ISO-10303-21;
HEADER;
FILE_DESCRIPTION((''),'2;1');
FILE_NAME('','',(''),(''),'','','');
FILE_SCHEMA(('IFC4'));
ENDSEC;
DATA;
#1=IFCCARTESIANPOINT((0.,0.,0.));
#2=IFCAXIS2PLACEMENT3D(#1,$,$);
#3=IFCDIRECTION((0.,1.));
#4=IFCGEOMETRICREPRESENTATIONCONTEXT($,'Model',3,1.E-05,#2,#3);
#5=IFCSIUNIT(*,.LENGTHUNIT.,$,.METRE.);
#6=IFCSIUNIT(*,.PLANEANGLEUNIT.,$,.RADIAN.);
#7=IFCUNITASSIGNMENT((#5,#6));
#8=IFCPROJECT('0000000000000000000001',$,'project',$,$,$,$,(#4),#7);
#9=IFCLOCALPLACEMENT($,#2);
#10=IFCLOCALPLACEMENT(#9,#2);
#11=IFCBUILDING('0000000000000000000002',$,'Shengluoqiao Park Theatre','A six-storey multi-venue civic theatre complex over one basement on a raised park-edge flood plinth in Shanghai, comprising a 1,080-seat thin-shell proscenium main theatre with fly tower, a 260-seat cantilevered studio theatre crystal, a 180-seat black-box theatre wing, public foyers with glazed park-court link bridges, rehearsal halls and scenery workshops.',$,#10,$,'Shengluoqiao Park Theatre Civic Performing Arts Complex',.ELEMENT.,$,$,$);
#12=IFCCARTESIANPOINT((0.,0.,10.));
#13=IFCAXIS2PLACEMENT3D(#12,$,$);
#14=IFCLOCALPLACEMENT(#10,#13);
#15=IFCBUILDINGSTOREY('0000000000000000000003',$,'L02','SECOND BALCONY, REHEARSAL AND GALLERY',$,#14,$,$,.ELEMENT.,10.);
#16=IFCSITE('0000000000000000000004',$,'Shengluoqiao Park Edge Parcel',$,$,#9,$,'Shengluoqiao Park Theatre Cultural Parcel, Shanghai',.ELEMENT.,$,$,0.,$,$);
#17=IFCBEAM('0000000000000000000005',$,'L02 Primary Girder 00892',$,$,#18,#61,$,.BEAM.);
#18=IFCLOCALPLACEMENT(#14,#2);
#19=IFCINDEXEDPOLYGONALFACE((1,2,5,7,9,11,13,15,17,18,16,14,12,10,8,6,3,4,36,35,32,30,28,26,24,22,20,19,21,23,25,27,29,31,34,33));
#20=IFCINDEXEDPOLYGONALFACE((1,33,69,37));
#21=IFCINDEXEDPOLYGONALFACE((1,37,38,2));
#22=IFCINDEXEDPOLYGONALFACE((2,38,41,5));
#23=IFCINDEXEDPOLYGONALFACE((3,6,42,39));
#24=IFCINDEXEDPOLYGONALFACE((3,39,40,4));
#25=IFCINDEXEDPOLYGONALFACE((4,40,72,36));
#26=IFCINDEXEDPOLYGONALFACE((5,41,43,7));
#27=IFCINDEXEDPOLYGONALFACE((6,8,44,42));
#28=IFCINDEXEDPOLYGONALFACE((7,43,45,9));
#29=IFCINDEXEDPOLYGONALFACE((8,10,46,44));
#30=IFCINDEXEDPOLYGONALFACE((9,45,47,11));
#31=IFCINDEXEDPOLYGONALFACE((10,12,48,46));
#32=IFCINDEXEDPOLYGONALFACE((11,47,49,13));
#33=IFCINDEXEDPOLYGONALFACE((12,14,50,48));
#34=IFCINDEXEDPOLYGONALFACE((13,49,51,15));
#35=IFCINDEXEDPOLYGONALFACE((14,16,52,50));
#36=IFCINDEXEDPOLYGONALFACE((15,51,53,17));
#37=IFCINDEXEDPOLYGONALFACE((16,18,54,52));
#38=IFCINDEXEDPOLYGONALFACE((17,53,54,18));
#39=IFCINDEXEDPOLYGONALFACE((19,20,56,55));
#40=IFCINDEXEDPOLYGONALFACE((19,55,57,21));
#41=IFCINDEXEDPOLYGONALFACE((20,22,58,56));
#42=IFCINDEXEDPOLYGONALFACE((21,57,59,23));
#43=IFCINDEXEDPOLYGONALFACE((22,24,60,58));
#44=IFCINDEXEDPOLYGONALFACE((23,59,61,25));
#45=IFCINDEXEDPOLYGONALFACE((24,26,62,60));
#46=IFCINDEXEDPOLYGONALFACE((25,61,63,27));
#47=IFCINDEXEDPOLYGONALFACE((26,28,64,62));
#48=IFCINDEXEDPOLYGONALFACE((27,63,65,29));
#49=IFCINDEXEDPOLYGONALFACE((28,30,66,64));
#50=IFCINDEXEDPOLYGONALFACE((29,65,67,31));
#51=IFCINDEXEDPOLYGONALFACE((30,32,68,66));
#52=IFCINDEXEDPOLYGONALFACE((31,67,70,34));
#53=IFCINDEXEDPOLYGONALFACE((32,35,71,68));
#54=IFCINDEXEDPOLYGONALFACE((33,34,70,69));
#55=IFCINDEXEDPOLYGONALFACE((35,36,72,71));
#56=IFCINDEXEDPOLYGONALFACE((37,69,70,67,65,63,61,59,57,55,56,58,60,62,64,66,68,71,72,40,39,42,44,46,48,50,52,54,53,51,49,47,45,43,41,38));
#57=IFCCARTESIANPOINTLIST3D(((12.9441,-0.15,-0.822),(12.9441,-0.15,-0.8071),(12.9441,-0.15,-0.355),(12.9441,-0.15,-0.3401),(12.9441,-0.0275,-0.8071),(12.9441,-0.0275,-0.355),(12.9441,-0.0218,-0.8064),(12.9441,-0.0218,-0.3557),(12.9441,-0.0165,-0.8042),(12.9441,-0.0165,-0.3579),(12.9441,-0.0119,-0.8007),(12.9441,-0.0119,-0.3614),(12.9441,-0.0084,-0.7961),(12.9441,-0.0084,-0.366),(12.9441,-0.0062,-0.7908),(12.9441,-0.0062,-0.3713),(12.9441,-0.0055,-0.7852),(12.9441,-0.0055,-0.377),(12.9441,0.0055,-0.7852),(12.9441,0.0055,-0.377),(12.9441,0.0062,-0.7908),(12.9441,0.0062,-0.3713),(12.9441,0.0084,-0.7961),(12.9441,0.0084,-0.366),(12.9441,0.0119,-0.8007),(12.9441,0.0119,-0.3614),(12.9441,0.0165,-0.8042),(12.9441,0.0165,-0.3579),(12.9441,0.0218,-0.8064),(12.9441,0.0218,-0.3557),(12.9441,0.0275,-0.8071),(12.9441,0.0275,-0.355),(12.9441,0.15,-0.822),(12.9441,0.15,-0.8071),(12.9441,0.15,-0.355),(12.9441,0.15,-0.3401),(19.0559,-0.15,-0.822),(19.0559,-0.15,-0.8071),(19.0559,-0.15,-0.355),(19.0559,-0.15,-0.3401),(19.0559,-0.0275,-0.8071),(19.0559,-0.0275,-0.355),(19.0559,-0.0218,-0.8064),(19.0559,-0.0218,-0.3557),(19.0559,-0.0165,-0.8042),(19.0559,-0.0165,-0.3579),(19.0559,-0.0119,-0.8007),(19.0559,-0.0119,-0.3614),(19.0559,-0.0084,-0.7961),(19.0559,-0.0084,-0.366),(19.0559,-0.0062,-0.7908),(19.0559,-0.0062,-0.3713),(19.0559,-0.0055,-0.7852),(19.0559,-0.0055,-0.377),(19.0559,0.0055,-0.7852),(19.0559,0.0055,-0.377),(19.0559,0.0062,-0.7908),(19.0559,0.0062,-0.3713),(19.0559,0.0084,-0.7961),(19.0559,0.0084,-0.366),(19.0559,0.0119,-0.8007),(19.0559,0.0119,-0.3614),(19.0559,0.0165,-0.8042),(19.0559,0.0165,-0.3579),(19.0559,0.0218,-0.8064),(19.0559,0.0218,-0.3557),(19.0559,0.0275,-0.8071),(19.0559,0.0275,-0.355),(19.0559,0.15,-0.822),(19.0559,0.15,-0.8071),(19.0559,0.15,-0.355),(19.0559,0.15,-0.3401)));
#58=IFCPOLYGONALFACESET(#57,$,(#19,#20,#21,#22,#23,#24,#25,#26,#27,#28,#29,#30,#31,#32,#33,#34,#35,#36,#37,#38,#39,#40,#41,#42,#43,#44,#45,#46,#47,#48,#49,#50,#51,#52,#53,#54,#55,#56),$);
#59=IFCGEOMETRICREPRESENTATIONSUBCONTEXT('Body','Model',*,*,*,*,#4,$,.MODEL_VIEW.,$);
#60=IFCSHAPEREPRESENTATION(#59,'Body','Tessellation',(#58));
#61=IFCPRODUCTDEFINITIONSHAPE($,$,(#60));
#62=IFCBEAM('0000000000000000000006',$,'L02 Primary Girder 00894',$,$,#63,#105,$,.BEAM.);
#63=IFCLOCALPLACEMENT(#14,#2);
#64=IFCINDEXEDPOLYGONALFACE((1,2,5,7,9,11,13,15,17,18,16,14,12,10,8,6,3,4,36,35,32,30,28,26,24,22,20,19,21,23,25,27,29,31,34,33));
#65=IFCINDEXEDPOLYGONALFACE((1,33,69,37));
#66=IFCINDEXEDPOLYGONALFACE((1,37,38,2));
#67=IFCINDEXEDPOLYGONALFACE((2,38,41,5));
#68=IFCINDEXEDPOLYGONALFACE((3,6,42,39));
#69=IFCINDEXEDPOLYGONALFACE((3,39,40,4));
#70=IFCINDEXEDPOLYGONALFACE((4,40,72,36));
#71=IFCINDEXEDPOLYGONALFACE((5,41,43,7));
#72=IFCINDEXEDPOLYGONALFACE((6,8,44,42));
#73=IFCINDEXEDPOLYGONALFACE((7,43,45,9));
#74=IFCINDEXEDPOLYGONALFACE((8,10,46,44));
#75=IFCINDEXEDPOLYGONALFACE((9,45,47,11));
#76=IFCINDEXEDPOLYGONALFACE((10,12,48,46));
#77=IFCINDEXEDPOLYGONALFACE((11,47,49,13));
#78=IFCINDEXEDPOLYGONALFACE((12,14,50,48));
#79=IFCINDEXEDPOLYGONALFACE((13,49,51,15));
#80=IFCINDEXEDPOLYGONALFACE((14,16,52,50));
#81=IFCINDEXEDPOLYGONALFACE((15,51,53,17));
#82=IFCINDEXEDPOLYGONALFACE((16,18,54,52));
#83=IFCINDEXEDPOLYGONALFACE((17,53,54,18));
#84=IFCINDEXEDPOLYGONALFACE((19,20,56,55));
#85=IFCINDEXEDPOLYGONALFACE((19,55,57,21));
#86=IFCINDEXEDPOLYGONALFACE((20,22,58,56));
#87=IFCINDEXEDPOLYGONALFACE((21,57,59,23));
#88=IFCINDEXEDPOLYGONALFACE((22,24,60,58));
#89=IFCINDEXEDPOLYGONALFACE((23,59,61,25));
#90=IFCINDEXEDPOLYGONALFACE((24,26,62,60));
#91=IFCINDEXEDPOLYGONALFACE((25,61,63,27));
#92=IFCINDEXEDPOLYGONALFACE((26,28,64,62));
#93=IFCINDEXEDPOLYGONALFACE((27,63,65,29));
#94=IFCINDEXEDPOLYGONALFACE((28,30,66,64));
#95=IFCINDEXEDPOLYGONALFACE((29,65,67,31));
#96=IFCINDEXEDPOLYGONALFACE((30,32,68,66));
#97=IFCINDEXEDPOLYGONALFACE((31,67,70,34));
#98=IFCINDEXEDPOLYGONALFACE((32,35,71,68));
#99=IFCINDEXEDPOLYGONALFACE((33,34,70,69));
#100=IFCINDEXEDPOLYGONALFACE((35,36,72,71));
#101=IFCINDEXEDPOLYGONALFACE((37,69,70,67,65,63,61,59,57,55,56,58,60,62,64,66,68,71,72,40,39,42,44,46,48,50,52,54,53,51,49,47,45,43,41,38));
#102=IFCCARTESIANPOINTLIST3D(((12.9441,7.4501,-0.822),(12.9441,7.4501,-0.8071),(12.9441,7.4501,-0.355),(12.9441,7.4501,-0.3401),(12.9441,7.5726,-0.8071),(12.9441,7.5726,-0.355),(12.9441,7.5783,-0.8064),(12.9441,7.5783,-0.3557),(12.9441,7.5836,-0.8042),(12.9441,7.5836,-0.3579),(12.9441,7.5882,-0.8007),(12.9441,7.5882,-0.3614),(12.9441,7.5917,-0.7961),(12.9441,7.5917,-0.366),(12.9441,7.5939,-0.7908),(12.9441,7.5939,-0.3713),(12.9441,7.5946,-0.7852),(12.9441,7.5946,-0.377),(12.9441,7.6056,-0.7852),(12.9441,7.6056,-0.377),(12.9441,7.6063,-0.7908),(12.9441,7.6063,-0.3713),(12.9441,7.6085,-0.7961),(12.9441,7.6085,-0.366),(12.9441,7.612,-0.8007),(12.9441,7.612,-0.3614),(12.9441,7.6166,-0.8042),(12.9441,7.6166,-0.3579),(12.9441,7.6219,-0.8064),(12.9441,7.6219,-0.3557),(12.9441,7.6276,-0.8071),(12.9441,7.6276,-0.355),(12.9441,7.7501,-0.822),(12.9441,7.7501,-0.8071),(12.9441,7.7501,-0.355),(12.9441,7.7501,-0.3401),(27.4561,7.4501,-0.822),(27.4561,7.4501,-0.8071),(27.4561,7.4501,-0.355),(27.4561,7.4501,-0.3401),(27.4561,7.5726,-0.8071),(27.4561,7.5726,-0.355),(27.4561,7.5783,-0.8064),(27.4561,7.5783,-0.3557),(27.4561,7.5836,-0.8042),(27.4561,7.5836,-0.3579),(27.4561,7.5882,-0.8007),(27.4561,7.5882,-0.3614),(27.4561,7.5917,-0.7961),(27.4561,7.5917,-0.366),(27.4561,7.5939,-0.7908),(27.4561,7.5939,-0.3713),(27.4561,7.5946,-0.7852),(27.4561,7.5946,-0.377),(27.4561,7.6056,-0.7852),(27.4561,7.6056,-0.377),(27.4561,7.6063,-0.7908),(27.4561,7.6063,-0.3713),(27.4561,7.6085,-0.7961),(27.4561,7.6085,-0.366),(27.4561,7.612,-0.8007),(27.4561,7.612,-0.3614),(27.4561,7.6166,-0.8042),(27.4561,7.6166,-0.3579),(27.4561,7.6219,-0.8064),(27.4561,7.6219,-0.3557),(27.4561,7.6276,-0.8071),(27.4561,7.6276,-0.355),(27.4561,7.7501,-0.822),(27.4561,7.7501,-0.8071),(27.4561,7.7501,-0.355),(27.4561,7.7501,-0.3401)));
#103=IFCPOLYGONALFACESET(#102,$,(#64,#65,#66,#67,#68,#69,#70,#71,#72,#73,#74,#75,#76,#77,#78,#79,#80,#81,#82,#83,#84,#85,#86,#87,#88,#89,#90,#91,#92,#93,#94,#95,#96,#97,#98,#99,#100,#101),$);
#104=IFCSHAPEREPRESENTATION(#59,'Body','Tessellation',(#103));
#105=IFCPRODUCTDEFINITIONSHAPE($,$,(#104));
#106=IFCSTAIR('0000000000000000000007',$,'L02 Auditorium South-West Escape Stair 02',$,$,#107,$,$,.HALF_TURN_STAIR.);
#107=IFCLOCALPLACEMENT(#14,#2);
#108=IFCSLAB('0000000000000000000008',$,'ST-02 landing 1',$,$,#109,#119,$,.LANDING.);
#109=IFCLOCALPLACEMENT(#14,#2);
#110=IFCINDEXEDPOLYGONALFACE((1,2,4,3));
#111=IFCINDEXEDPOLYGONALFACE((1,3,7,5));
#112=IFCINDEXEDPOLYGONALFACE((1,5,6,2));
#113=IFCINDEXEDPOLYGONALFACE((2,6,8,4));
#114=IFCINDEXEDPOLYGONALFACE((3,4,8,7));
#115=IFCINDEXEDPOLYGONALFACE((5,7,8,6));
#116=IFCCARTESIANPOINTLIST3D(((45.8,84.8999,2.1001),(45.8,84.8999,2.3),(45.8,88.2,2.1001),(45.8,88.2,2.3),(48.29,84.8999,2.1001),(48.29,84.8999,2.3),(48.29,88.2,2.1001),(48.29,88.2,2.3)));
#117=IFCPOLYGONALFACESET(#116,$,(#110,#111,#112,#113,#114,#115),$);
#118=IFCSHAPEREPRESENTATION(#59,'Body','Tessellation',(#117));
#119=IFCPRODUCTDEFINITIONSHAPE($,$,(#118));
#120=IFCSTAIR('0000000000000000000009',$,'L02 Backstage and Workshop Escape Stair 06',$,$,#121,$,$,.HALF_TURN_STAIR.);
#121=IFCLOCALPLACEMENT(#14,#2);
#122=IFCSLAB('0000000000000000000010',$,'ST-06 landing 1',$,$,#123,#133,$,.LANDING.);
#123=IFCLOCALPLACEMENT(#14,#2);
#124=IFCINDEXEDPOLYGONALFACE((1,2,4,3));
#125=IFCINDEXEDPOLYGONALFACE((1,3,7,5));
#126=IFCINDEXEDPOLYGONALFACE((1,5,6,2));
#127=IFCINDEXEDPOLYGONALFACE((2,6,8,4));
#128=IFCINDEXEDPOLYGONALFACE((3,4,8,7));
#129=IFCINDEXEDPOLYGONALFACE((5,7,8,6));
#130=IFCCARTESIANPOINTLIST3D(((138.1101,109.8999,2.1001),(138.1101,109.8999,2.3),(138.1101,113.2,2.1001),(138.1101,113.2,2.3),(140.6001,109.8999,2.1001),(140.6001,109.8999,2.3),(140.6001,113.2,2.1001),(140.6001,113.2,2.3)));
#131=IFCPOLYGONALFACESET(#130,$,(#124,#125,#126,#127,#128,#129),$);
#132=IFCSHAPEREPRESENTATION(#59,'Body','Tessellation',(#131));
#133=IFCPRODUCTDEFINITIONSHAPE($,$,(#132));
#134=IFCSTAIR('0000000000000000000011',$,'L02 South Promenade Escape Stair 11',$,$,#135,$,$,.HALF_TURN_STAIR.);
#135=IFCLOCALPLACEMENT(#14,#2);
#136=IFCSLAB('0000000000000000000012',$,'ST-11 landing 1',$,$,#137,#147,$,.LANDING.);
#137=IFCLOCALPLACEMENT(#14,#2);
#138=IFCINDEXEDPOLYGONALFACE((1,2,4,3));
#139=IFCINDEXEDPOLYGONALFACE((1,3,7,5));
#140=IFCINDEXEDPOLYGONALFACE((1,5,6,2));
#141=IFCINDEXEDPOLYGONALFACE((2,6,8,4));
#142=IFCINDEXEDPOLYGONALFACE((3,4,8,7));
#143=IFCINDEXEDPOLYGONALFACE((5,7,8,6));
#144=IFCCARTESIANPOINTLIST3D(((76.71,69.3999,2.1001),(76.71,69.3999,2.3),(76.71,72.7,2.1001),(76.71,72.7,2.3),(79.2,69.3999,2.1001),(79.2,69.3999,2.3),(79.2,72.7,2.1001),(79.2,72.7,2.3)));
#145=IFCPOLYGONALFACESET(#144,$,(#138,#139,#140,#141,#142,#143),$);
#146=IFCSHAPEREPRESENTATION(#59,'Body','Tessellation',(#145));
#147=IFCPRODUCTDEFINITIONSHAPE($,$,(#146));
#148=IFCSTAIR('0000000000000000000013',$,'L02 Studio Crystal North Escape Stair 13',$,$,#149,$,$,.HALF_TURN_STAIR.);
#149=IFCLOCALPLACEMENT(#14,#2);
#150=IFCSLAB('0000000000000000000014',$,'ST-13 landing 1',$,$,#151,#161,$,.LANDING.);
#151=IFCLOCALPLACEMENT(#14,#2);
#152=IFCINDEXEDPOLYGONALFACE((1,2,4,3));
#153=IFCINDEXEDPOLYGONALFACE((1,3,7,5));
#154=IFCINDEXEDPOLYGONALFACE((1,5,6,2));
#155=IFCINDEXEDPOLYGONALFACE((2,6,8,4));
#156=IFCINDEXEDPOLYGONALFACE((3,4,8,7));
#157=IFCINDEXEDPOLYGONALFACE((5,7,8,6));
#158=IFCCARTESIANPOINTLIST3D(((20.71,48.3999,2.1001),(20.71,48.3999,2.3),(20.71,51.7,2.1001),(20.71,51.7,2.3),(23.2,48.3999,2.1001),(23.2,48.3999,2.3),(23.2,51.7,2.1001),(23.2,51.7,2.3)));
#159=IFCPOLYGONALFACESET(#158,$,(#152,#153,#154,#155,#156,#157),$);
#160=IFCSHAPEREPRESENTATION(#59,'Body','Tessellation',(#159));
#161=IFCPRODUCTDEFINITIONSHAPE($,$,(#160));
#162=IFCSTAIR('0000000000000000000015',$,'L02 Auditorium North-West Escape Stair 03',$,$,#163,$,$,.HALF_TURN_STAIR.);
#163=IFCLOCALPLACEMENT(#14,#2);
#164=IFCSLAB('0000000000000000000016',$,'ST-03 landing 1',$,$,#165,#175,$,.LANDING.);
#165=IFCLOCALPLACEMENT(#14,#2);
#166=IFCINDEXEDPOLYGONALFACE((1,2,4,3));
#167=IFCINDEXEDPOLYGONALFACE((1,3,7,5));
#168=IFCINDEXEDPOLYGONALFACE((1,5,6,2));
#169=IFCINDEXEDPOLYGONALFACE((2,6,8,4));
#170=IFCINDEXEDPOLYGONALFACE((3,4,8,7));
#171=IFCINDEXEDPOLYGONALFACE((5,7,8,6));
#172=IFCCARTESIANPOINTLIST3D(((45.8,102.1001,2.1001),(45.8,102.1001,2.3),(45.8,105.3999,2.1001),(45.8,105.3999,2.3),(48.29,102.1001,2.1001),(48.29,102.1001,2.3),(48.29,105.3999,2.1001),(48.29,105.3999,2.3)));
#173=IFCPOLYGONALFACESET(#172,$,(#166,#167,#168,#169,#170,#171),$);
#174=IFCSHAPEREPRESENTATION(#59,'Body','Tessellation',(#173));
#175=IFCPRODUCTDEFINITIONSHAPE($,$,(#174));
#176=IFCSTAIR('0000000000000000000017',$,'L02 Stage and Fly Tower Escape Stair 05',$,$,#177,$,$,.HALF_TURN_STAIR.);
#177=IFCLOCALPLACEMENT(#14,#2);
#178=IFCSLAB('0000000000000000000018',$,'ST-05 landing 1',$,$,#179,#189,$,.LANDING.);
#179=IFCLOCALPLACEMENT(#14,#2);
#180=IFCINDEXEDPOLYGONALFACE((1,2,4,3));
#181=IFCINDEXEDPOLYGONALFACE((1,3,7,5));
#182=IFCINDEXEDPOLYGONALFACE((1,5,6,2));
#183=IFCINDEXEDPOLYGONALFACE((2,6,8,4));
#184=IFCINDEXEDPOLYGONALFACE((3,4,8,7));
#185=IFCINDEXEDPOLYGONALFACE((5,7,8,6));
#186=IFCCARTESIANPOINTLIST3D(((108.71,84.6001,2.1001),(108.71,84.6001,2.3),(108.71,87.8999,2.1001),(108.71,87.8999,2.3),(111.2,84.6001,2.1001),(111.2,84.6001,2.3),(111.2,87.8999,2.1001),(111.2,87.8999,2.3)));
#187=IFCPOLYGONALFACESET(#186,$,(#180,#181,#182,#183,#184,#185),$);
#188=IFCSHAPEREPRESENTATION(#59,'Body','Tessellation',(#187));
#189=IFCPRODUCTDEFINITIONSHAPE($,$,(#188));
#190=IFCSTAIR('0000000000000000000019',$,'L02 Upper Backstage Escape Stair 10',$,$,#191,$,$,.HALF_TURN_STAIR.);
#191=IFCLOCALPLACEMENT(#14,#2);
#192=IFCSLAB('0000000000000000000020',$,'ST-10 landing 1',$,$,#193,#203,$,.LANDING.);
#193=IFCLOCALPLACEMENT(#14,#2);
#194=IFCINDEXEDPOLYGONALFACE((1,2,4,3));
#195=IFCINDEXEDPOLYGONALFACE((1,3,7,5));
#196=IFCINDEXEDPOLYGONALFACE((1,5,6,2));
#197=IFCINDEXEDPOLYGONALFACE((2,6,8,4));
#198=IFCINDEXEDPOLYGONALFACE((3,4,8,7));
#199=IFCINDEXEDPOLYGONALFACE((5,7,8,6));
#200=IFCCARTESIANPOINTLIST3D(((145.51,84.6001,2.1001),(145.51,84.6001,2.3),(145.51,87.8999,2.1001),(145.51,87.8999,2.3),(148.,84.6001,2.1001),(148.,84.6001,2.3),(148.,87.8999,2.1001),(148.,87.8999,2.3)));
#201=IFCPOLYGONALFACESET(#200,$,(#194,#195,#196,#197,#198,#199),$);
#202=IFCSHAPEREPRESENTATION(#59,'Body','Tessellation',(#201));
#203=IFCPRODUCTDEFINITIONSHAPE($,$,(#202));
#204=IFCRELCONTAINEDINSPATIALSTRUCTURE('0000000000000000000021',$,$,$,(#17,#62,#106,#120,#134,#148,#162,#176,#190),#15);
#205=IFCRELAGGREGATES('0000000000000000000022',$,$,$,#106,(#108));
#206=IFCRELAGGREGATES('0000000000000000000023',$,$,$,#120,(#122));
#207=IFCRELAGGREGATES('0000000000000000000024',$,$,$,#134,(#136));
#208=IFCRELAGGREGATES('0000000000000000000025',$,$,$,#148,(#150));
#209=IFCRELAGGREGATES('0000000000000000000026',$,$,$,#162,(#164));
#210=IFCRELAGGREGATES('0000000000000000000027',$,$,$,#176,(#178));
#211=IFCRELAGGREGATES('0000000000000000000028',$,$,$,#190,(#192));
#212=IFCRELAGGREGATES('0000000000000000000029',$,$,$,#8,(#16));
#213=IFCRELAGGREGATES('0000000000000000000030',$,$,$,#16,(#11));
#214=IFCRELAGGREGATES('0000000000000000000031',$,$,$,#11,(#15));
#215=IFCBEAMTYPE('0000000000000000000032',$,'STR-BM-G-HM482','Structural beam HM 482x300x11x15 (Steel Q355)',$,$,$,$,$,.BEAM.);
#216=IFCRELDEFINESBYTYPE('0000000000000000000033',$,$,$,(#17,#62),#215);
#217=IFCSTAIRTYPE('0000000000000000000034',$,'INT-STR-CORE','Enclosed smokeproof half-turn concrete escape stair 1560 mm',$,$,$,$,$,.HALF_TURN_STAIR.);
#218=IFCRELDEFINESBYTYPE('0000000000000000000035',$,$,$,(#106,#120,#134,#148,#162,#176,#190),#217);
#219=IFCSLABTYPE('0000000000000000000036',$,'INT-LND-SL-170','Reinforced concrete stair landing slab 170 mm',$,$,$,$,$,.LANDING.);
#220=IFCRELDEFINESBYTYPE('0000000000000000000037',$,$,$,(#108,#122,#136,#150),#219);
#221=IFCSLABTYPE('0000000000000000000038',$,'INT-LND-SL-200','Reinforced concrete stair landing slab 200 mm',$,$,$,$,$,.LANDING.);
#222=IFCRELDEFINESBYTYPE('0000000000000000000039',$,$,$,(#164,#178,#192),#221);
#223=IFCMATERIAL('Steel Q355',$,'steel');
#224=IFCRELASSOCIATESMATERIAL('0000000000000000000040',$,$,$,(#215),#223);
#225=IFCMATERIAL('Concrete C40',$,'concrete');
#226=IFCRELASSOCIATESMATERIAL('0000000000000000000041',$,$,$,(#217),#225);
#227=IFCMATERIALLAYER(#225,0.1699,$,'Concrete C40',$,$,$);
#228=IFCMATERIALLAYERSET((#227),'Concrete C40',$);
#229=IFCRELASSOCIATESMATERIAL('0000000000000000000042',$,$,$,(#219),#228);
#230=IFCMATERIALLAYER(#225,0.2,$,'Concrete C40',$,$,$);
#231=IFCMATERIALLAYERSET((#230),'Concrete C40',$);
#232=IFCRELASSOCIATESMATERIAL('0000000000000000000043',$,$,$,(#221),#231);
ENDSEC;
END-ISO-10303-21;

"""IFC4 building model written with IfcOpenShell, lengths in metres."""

from ifc_helpers import new_model, si_unit, direction, frame, origin, origin_2d, place, context, subcontext, project, spatial, polyline, i_section, outline, extrude, material, layer, layer_set, material_profile, profile_set, type_object, element, aggregate, save


model = new_model("IFC4")

# Units and contexts
model_context = context("Model", 3, precision=1e-05, world=origin(), true_north=direction((0.0, 1.0)))
body_context = subcontext(model_context, "Body", "Model", "MODEL_VIEW")
ifc_project = project(units=[si_unit("LENGTHUNIT", "METRE"), si_unit("PLANEANGLEUNIT", "RADIAN")], contexts=[model_context])

# Site, building, storey
site_placement = place(None, origin())
site = spatial("IfcSite", under=ifc_project, at=site_placement, Name="Shengluoqiao Park Edge Parcel", LongName="Shengluoqiao Park Theatre Cultural Parcel, Shanghai", CompositionType="ELEMENT", RefElevation=0.0)
building_placement = place(site_placement, origin())
building = spatial("IfcBuilding", under=site, at=building_placement, Name="Shengluoqiao Park Theatre", Description="A six-storey multi-venue civic theatre complex over one basement on a raised park-edge flood plinth in Shanghai, comprising a 1,080-seat thin-shell proscenium main theatre with fly tower, a 260-seat cantilevered studio theatre crystal, a 180-seat black-box theatre wing, public foyers with glazed park-court link bridges, rehearsal halls and scenery workshops.", LongName="Shengluoqiao Park Theatre Civic Performing Arts Complex", CompositionType="ELEMENT")
storey_placement = place(building_placement, frame((0.0, 0.0, 10.0)))
storey = spatial("IfcBuildingStorey", under=building, at=storey_placement, Name="L02", Description="SECOND BALCONY, REHEARSAL AND GALLERY", CompositionType="ELEMENT", Elevation=10.0)

# Shared definitions
ifc_material_1 = material(Name="Steel Q355", Category="steel")

# Beams
ifc_material_profile_1 = material_profile(ifc_material_1, i_section(OverallWidth=0.3, OverallDepth=0.4819, WebThickness=0.011, FlangeThickness=0.0149, FilletRadius=0.022, at=origin_2d()), Name="HM 482x300x11x15")
ifc_profile_set_1 = profile_set([ifc_material_profile_1], Name="Steel Q355")
beam_type_1 = type_object("IfcBeamType", Name="STR-BM-G-HM482", Description="Structural beam HM 482x300x11x15 (Steel Q355)", PredefinedType="BEAM", material=ifc_profile_set_1)
beam_1_placement = place(storey_placement, frame((12.9441, 0.0, -0.5811), z_axis=(1.0, 0.0, 0.0), x_axis=(0.0, 1.0, 0.0)))
element("IfcBeam", 1, at=beam_1_placement, inside=storey, type_object=beam_type_1, Name="L02 Primary Girder 00892", PredefinedType="BEAM", context=body_context, shape_type="SweptSolid", body=[
    extrude(i_section(OverallWidth=0.3, OverallDepth=0.4819, WebThickness=0.011, FlangeThickness=0.0149, FilletRadius=0.022, at=origin_2d()), origin(), (0.0, 0.0, 1.0), 6.1118),
])
beam_2_placement = place(storey_placement, frame((12.9441, 7.6001, -0.5811), z_axis=(1.0, 0.0, 0.0), x_axis=(0.0, 1.0, 0.0)))
element("IfcBeam", 2, at=beam_2_placement, inside=storey, type_object=beam_type_1, Name="L02 Primary Girder 00894", PredefinedType="BEAM", context=body_context, shape_type="SweptSolid", body=[
    extrude(i_section(OverallWidth=0.3, OverallDepth=0.4819, WebThickness=0.011, FlangeThickness=0.0149, FilletRadius=0.022, at=origin_2d()), origin(), (0.0, 0.0, 1.0), 14.512),
])

# Stairs, slabs
ifc_material_2 = material(Name="Concrete C40", Category="concrete")
stair_type = type_object("IfcStairType", Name="INT-STR-CORE", Description="Enclosed smokeproof half-turn concrete escape stair 1560 mm", PredefinedType="HALF_TURN_STAIR", material=ifc_material_2)
stair_1_placement = place(storey_placement, origin())
stair_1 = element("IfcStair", 3, at=stair_1_placement, inside=storey, type_object=stair_type, Name="L02 Auditorium South-West Escape Stair 02", PredefinedType="HALF_TURN_STAIR")
ifc_layer_1 = layer(ifc_material_2, 0.1699, Name="Concrete C40")
ifc_layer_set_1 = layer_set([ifc_layer_1], Name="Concrete C40")
slab_type_1 = type_object("IfcSlabType", Name="INT-LND-SL-170", Description="Reinforced concrete stair landing slab 170 mm", PredefinedType="LANDING", material=ifc_layer_set_1)
slab_1_placement = place(storey_placement, frame((0.0, 0.0, 2.1001)))
slab_1 = element("IfcSlab", 4, at=slab_1_placement, type_object=slab_type_1, Name="ST-02 landing 1", PredefinedType="LANDING", context=body_context, shape_type="SweptSolid", body=[
    extrude(outline(polyline([(48.29, 88.2), (45.8, 88.2), (45.8, 84.8999), (48.29, 84.8999), (48.29, 88.2)])), origin(), (0.0, 0.0, 1.0), 0.2),
])
aggregate(stair_1, [slab_1])
stair_2_placement = place(storey_placement, origin())
stair_2 = element("IfcStair", 5, at=stair_2_placement, inside=storey, type_object=stair_type, Name="L02 Backstage and Workshop Escape Stair 06", PredefinedType="HALF_TURN_STAIR")
slab_2_placement = place(storey_placement, frame((0.0, 0.0, 2.1001)))
slab_2 = element("IfcSlab", 6, at=slab_2_placement, type_object=slab_type_1, Name="ST-06 landing 1", PredefinedType="LANDING", context=body_context, shape_type="SweptSolid", body=[
    extrude(outline(polyline([(138.1101, 109.8999), (140.6001, 109.8999), (140.6001, 113.2), (138.1101, 113.2), (138.1101, 109.8999)])), origin(), (0.0, 0.0, 1.0), 0.2),
])
aggregate(stair_2, [slab_2])
stair_3_placement = place(storey_placement, origin())
stair_3 = element("IfcStair", 7, at=stair_3_placement, inside=storey, type_object=stair_type, Name="L02 South Promenade Escape Stair 11", PredefinedType="HALF_TURN_STAIR")
slab_3_placement = place(storey_placement, frame((0.0, 0.0, 2.1001)))
slab_3 = element("IfcSlab", 8, at=slab_3_placement, type_object=slab_type_1, Name="ST-11 landing 1", PredefinedType="LANDING", context=body_context, shape_type="SweptSolid", body=[
    extrude(outline(polyline([(76.71, 69.3999), (79.2, 69.3999), (79.2, 72.7), (76.71, 72.7), (76.71, 69.3999)])), origin(), (0.0, 0.0, 1.0), 0.2),
])
aggregate(stair_3, [slab_3])
stair_4_placement = place(storey_placement, origin())
stair_4 = element("IfcStair", 9, at=stair_4_placement, inside=storey, type_object=stair_type, Name="L02 Studio Crystal North Escape Stair 13", PredefinedType="HALF_TURN_STAIR")
slab_4_placement = place(storey_placement, frame((0.0, 0.0, 2.1001)))
slab_4 = element("IfcSlab", 10, at=slab_4_placement, type_object=slab_type_1, Name="ST-13 landing 1", PredefinedType="LANDING", context=body_context, shape_type="SweptSolid", body=[
    extrude(outline(polyline([(20.71, 48.3999), (23.2, 48.3999), (23.2, 51.7), (20.71, 51.7), (20.71, 48.3999)])), origin(), (0.0, 0.0, 1.0), 0.2),
])
aggregate(stair_4, [slab_4])
stair_5_placement = place(storey_placement, origin())
stair_5 = element("IfcStair", 11, at=stair_5_placement, inside=storey, type_object=stair_type, Name="L02 Auditorium North-West Escape Stair 03", PredefinedType="HALF_TURN_STAIR")
ifc_layer_2 = layer(ifc_material_2, 0.2, Name="Concrete C40")
ifc_layer_set_2 = layer_set([ifc_layer_2], Name="Concrete C40")
slab_type_2 = type_object("IfcSlabType", Name="INT-LND-SL-200", Description="Reinforced concrete stair landing slab 200 mm", PredefinedType="LANDING", material=ifc_layer_set_2)
slab_5_placement = place(storey_placement, frame((0.0, 0.0, 2.1001)))
slab_5 = element("IfcSlab", 12, at=slab_5_placement, type_object=slab_type_2, Name="ST-03 landing 1", PredefinedType="LANDING", context=body_context, shape_type="SweptSolid", body=[
    extrude(outline(polyline([(48.29, 105.3999), (45.8, 105.3999), (45.8, 102.1001), (48.29, 102.1001), (48.29, 105.3999)])), origin(), (0.0, 0.0, 1.0), 0.2),
])
aggregate(stair_5, [slab_5])
stair_6_placement = place(storey_placement, origin())
stair_6 = element("IfcStair", 13, at=stair_6_placement, inside=storey, type_object=stair_type, Name="L02 Stage and Fly Tower Escape Stair 05", PredefinedType="HALF_TURN_STAIR")
slab_6_placement = place(storey_placement, frame((0.0, 0.0, 2.1001)))
slab_6 = element("IfcSlab", 14, at=slab_6_placement, type_object=slab_type_2, Name="ST-05 landing 1", PredefinedType="LANDING", context=body_context, shape_type="SweptSolid", body=[
    extrude(outline(polyline([(108.71, 84.6001), (111.2, 84.6001), (111.2, 87.8999), (108.71, 87.8999), (108.71, 84.6001)])), origin(), (0.0, 0.0, 1.0), 0.2),
])
aggregate(stair_6, [slab_6])
stair_7_placement = place(storey_placement, origin())
stair_7 = element("IfcStair", 15, at=stair_7_placement, inside=storey, type_object=stair_type, Name="L02 Upper Backstage Escape Stair 10", PredefinedType="HALF_TURN_STAIR")
slab_7_placement = place(storey_placement, frame((0.0, 0.0, 2.1001)))
slab_7 = element("IfcSlab", 16, at=slab_7_placement, type_object=slab_type_2, Name="ST-10 landing 1", PredefinedType="LANDING", context=body_context, shape_type="SweptSolid", body=[
    extrude(outline(polyline([(145.51, 84.6001), (148.0, 84.6001), (148.0, 87.8999), (145.51, 87.8999), (145.51, 84.6001)])), origin(), (0.0, 0.0, 1.0), 0.2),
])
aggregate(stair_7, [slab_7])

save(model, "model.ifc")
